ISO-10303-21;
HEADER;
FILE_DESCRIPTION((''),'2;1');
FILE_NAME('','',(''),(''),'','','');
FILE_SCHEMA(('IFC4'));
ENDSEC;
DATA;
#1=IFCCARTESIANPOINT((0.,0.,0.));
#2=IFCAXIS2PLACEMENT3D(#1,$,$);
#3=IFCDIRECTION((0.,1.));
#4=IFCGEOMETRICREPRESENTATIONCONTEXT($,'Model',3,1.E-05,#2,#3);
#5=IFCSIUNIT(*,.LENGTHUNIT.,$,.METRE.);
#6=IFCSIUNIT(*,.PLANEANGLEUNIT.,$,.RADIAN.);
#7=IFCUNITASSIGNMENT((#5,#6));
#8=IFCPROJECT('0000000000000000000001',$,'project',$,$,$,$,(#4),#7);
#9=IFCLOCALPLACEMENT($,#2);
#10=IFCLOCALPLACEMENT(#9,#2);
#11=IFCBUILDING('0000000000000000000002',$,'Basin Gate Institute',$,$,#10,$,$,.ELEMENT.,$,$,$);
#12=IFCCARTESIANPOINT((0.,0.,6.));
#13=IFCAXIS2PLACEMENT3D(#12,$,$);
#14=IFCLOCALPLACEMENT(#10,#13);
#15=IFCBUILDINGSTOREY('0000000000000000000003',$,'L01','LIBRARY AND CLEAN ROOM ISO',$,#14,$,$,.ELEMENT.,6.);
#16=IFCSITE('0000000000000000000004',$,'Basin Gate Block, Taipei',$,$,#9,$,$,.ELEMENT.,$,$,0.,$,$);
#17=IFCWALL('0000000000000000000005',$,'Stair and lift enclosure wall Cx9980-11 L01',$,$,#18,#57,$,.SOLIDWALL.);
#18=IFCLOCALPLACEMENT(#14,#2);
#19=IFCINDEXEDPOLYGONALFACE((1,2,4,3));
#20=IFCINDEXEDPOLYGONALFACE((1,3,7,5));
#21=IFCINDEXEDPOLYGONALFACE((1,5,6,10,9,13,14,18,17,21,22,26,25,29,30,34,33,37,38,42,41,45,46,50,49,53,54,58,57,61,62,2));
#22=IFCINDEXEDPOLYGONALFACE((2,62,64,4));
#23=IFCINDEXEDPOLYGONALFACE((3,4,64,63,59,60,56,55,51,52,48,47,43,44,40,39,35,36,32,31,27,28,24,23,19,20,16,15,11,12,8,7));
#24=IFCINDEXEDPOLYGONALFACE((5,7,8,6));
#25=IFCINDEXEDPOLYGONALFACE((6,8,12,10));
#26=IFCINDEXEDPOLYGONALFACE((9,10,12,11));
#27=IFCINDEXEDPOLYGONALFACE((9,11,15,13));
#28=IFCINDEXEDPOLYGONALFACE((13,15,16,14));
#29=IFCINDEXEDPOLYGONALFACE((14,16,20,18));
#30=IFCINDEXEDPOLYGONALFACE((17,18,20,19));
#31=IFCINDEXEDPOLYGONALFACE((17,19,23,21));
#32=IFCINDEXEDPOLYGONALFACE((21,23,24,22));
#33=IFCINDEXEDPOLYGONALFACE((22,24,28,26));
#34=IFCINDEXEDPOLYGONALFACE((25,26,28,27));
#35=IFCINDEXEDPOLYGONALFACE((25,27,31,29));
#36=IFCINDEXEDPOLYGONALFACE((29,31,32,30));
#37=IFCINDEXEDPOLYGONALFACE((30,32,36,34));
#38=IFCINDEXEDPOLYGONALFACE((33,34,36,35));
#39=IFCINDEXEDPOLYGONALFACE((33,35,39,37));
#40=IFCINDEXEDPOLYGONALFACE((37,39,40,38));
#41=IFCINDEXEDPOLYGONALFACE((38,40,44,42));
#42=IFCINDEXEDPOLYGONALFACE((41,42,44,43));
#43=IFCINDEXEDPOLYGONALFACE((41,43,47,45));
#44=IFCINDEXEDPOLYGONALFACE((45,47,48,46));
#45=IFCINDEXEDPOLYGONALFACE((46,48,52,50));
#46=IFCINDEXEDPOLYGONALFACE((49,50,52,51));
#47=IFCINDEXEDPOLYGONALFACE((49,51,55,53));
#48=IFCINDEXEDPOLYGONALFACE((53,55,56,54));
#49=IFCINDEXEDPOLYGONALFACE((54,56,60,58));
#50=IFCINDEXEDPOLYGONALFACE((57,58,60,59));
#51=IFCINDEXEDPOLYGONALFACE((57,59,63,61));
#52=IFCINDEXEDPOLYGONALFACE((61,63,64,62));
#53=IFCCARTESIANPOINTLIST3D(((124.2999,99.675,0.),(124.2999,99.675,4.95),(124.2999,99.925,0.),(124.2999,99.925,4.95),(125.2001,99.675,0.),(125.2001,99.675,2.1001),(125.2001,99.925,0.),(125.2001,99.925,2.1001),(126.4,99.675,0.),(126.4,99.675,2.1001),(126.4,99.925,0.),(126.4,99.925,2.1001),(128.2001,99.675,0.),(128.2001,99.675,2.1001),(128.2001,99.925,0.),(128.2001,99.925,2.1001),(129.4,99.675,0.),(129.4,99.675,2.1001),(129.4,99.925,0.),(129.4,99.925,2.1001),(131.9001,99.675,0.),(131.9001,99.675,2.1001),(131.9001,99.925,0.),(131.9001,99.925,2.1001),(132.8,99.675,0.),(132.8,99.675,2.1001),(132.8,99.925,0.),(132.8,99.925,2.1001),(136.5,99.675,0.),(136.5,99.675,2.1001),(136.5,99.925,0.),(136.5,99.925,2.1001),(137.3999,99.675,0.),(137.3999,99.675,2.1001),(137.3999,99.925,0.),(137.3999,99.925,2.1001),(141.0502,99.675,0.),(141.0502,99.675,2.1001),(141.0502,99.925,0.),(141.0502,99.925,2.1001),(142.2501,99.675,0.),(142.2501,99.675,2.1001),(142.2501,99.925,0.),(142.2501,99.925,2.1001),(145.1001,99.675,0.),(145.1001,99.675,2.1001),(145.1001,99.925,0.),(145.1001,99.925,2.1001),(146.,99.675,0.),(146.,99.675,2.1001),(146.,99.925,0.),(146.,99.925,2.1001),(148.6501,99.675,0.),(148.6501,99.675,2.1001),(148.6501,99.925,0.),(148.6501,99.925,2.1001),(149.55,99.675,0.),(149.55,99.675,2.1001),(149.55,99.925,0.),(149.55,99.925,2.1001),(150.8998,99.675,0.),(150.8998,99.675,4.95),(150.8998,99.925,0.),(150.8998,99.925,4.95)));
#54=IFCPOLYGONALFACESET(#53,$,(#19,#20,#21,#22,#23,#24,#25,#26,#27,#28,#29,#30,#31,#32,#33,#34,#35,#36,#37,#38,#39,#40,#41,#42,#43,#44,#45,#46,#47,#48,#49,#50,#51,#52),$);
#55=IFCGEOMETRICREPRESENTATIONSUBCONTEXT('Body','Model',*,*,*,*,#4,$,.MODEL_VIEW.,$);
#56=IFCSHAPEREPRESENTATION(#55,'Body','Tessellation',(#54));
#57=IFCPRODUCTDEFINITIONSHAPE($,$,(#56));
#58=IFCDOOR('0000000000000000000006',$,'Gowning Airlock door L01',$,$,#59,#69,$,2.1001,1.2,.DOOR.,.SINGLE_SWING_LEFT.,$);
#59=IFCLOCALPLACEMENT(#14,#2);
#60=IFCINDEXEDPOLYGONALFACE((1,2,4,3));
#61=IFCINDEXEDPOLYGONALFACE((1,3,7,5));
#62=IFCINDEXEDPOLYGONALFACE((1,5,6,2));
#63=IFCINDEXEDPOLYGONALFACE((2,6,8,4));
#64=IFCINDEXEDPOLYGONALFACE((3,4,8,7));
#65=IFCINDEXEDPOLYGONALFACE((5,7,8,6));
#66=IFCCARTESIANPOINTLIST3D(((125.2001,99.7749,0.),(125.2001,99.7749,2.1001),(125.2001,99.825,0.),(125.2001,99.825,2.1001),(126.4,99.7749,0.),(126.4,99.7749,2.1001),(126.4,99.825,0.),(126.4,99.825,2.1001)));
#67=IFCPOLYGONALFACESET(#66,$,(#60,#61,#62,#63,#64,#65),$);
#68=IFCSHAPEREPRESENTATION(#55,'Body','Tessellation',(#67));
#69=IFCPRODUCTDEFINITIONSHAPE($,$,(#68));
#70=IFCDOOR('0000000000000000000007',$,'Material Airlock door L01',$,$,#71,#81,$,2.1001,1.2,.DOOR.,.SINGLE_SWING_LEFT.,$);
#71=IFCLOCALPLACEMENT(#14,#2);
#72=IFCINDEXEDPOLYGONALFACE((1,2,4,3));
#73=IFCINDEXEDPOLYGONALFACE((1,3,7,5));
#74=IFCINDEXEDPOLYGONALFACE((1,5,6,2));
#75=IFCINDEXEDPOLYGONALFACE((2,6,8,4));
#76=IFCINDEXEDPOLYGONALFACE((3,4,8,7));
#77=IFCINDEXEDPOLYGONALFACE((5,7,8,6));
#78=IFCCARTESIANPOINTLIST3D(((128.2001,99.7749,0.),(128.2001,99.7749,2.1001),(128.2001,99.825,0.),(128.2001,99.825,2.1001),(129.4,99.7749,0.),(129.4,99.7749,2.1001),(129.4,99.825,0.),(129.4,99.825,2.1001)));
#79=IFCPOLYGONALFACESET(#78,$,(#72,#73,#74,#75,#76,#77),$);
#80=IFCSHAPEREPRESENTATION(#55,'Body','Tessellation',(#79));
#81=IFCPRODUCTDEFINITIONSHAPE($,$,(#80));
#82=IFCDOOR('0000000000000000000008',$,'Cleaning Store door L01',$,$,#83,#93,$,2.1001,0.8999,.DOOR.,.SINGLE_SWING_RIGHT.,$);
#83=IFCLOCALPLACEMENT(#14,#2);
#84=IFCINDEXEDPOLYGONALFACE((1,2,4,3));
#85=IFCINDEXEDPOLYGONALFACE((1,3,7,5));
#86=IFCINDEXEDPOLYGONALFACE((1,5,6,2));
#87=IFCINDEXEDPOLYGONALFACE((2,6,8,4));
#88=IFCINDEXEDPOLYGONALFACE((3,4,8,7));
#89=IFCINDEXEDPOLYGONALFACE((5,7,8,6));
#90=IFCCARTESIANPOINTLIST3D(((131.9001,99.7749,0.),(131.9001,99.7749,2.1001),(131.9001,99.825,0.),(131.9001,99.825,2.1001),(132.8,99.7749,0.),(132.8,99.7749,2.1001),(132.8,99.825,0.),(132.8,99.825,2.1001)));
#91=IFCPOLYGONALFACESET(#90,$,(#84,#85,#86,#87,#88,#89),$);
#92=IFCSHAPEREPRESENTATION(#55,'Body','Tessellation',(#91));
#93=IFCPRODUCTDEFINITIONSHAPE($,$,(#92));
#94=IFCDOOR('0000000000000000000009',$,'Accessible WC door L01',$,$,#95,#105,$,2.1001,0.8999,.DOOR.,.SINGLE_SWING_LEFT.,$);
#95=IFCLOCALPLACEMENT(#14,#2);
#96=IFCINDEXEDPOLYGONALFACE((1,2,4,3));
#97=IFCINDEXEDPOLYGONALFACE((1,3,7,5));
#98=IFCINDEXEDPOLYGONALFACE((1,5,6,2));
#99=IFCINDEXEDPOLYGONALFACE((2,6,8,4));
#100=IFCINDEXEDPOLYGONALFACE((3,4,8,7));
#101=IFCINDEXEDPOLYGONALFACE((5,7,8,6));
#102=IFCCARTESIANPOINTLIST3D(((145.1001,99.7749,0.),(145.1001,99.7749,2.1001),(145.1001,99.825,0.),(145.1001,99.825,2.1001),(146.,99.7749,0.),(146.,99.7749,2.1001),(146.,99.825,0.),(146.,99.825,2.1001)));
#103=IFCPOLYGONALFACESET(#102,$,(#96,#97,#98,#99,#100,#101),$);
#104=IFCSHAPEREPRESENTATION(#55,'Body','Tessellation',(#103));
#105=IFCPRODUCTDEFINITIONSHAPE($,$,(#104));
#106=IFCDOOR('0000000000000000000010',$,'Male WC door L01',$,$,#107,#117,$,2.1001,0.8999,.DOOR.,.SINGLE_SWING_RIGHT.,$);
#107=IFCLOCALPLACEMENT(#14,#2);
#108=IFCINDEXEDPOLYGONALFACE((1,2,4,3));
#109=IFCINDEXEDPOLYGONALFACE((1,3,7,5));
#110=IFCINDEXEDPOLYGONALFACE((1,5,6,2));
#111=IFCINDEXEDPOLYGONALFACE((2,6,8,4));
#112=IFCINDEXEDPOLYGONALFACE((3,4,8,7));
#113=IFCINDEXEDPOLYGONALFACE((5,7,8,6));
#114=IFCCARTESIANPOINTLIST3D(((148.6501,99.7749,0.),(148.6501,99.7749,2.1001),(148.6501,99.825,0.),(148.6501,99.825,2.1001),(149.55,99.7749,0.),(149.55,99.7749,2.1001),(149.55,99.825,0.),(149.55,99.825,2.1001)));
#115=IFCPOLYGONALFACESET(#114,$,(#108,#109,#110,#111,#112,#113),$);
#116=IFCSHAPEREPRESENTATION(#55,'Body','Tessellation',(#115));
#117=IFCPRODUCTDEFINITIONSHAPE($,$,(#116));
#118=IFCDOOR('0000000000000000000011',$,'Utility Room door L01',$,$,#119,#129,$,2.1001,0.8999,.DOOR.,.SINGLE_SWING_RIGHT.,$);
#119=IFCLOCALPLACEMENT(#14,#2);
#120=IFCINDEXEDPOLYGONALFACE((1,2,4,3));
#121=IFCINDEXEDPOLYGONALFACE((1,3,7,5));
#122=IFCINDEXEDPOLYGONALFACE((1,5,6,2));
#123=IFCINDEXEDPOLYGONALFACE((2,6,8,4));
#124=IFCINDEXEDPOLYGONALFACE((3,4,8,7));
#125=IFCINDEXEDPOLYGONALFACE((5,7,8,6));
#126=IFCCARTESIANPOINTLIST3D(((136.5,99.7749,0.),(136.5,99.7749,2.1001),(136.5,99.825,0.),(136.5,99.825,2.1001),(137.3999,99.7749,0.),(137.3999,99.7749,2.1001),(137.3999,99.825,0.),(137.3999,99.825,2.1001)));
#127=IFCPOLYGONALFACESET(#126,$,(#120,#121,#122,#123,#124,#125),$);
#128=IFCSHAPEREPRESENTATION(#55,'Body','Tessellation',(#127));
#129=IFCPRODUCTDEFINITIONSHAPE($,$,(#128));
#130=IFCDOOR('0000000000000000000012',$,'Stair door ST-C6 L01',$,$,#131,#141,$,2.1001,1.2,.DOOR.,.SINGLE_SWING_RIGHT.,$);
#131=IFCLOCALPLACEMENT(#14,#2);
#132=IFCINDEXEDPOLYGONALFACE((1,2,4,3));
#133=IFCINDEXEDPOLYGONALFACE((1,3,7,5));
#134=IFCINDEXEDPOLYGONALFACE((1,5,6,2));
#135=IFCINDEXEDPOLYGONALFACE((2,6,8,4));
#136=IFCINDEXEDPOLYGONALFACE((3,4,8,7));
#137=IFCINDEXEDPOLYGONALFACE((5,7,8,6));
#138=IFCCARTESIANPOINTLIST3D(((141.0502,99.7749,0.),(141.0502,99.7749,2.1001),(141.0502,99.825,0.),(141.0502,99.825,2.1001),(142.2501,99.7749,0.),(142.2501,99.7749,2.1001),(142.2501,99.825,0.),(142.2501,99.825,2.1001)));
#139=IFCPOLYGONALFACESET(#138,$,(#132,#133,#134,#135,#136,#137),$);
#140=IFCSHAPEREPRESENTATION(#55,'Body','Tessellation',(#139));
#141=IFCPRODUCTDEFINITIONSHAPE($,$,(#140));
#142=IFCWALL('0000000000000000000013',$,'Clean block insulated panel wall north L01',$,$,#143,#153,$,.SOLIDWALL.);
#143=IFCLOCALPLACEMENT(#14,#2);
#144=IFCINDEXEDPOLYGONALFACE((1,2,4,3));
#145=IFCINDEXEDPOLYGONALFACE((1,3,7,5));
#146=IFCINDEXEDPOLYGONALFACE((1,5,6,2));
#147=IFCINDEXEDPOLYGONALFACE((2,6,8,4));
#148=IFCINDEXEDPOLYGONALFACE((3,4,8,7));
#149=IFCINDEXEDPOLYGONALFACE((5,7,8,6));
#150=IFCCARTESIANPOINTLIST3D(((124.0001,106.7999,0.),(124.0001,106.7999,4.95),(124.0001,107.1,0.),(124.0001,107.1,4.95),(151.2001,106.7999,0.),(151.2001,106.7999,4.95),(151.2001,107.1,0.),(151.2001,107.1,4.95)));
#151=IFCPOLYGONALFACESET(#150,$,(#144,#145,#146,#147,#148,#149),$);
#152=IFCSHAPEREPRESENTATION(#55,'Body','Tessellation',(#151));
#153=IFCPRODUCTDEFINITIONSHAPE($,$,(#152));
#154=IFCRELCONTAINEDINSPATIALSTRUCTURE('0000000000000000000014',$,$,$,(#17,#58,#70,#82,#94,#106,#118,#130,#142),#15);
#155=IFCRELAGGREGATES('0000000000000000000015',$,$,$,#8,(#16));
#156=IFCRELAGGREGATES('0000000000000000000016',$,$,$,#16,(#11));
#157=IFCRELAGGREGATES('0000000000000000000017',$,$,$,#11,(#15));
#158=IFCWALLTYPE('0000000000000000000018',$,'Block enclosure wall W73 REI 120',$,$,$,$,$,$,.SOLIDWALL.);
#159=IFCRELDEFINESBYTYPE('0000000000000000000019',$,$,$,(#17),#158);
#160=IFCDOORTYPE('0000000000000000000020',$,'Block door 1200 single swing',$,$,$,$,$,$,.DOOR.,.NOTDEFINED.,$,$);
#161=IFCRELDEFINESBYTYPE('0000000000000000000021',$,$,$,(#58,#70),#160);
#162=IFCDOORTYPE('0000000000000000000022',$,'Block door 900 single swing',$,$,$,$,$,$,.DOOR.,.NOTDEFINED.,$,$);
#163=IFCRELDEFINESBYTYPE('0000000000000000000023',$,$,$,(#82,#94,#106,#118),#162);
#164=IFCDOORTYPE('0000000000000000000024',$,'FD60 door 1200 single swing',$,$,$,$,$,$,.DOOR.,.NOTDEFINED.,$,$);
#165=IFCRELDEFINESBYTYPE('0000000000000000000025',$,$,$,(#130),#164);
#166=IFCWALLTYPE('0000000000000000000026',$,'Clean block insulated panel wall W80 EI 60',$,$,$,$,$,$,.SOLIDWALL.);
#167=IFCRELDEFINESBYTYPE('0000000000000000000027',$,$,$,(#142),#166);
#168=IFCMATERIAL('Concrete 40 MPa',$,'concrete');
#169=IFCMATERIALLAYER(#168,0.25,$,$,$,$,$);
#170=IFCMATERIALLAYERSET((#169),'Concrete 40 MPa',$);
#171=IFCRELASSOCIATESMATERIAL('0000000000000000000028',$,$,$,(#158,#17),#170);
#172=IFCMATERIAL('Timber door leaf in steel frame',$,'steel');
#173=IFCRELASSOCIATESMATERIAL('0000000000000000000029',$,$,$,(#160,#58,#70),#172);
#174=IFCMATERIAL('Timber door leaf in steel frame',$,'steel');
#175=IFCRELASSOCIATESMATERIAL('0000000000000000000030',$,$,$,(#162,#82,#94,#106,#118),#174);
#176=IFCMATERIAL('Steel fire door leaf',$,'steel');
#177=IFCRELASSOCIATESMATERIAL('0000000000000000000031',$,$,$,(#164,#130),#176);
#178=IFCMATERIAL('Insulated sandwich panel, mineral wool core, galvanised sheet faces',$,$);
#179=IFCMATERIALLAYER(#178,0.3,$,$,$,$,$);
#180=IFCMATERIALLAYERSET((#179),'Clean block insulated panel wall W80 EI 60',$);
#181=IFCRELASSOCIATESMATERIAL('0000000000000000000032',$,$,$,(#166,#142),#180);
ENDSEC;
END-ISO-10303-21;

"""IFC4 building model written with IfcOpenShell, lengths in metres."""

from ifc_helpers import new_model, si_unit, direction, frame, frame_2d, origin, place, context, subcontext, project, spatial, rectangle, extrude, material, layer, layer_set, type_object, element, fill, save


model = new_model("IFC4")

# Units and contexts
model_context = context("Model", 3, precision=1e-05, world=origin(), true_north=direction((0.0, 1.0)))
body_context = subcontext(model_context, "Body", "Model", "MODEL_VIEW")
ifc_project = project(units=[si_unit("LENGTHUNIT", "METRE"), si_unit("PLANEANGLEUNIT", "RADIAN")], contexts=[model_context])

# Site, building, storey
site_placement = place(None, origin())
site = spatial("IfcSite", under=ifc_project, at=site_placement, Name="Basin Gate Block, Taipei", CompositionType="ELEMENT", RefElevation=0.0)
building_placement = place(site_placement, origin())
building = spatial("IfcBuilding", under=site, at=building_placement, Name="Basin Gate Institute", CompositionType="ELEMENT")
storey_placement = place(building_placement, frame((0.0, 0.0, 6.0)))
storey = spatial("IfcBuildingStorey", under=building, at=storey_placement, Name="L01", Description="LIBRARY AND CLEAN ROOM ISO", CompositionType="ELEMENT", Elevation=6.0)

# Wall, openings, doors
ifc_material_1 = material(Name="Concrete 40 MPa", Category="concrete")
ifc_layer_1 = layer(ifc_material_1, 0.25)
ifc_layer_set_1 = layer_set([ifc_layer_1], Name="Concrete 40 MPa")
wall_type_1 = type_object("IfcWallType", Name="Block enclosure wall W73 REI 120", PredefinedType="SOLIDWALL", material=ifc_layer_set_1)
wall_1_placement = place(storey_placement, frame((124.3, 99.8, 0.0), z_axis=(0.0, 0.0, 1.0), x_axis=(1.0, 0.0, 0.0)))
wall_1 = element("IfcWall", 1, at=wall_1_placement, inside=storey, type_object=wall_type_1, material=ifc_layer_set_1, Name="Stair and lift enclosure wall Cx9980-11 L01", PredefinedType="SOLIDWALL", context=body_context, shape_type="SweptSolid", body=[
    extrude(rectangle(XDim=26.5999, YDim=0.25, at=frame_2d((13.2998, 0.0))), origin(), (0.0, 0.0, 1.0), 4.95),
])
opening_1_placement = place(wall_1_placement, frame((0.8999, 0.0, 0.0)))
opening_1 = element("IfcOpeningElement", 2, at=opening_1_placement, cuts=wall_1, PredefinedType="OPENING", context=body_context, shape_type="SweptSolid", body=[
    extrude(rectangle(XDim=1.2, YDim=2.1001, at=frame_2d((0.6001, 1.05))), frame((0.0, 0.135, 0.0), z_axis=(0.0, -1.0, 0.0), x_axis=(1.0, 0.0, 0.0)), (0.0, 0.0, 1.0), 0.27),
])
opening_2_placement = place(wall_1_placement, frame((3.8999, 0.0, 0.0)))
opening_2 = element("IfcOpeningElement", 3, at=opening_2_placement, cuts=wall_1, PredefinedType="OPENING", context=body_context, shape_type="SweptSolid", body=[
    extrude(rectangle(XDim=1.2, YDim=2.1001, at=frame_2d((0.6001, 1.05))), frame((0.0, 0.135, 0.0), z_axis=(0.0, -1.0, 0.0), x_axis=(1.0, 0.0, 0.0)), (0.0, 0.0, 1.0), 0.27),
])
opening_3_placement = place(wall_1_placement, frame((7.6001, 0.0, 0.0)))
opening_3 = element("IfcOpeningElement", 4, at=opening_3_placement, cuts=wall_1, PredefinedType="OPENING", context=body_context, shape_type="SweptSolid", body=[
    extrude(rectangle(XDim=0.8999, YDim=2.1001, at=frame_2d((0.45, 1.05))), frame((0.0, 0.135, 0.0), z_axis=(0.0, -1.0, 0.0), x_axis=(1.0, 0.0, 0.0)), (0.0, 0.0, 1.0), 0.27),
])
opening_4_placement = place(wall_1_placement, frame((20.8, 0.0, 0.0)))
opening_4 = element("IfcOpeningElement", 5, at=opening_4_placement, cuts=wall_1, PredefinedType="OPENING", context=body_context, shape_type="SweptSolid", body=[
    extrude(rectangle(XDim=0.8999, YDim=2.1001, at=frame_2d((0.45, 1.05))), frame((0.0, 0.135, 0.0), z_axis=(0.0, -1.0, 0.0), x_axis=(1.0, 0.0, 0.0)), (0.0, 0.0, 1.0), 0.27),
])
opening_5_placement = place(wall_1_placement, frame((24.3501, 0.0, 0.0)))
opening_5 = element("IfcOpeningElement", 6, at=opening_5_placement, cuts=wall_1, PredefinedType="OPENING", context=body_context, shape_type="SweptSolid", body=[
    extrude(rectangle(XDim=0.8999, YDim=2.1001, at=frame_2d((0.45, 1.05))), frame((0.0, 0.135, 0.0), z_axis=(0.0, -1.0, 0.0), x_axis=(1.0, 0.0, 0.0)), (0.0, 0.0, 1.0), 0.27),
])
opening_6_placement = place(wall_1_placement, frame((12.2, 0.0, 0.0)))
opening_6 = element("IfcOpeningElement", 7, at=opening_6_placement, cuts=wall_1, PredefinedType="OPENING", context=body_context, shape_type="SweptSolid", body=[
    extrude(rectangle(XDim=0.8999, YDim=2.1001, at=frame_2d((0.45, 1.05))), frame((0.0, 0.135, 0.0), z_axis=(0.0, -1.0, 0.0), x_axis=(1.0, 0.0, 0.0)), (0.0, 0.0, 1.0), 0.27),
])
opening_7_placement = place(wall_1_placement, frame((16.75, 0.0, 0.0)))
opening_7 = element("IfcOpeningElement", 8, at=opening_7_placement, cuts=wall_1, PredefinedType="OPENING", context=body_context, shape_type="SweptSolid", body=[
    extrude(rectangle(XDim=1.2, YDim=2.1001, at=frame_2d((0.6001, 1.05))), frame((0.0, 0.135, 0.0), z_axis=(0.0, -1.0, 0.0), x_axis=(1.0, 0.0, 0.0)), (0.0, 0.0, 1.0), 0.27),
])
ifc_material_2 = material(Name="Timber door leaf in steel frame", Category="steel")
door_type_1 = type_object("IfcDoorType", Name="Block door 1200 single swing", OperationType="NOTDEFINED", PredefinedType="DOOR", material=ifc_material_2)
door_1_placement = place(opening_1_placement, origin())
door_1 = element("IfcDoor", 9, at=door_1_placement, inside=storey, type_object=door_type_1, material=ifc_material_2, Name="Gowning Airlock door L01", OperationType="SINGLE_SWING_LEFT", OverallHeight=2.1001, OverallWidth=1.2, PredefinedType="DOOR", context=body_context, shape_type="SweptSolid", body=[
    extrude(rectangle(XDim=1.2, YDim=2.1001, at=frame_2d((0.6001, 1.05))), frame((0.0, 0.0249, 0.0), z_axis=(0.0, -1.0, 0.0), x_axis=(1.0, 0.0, 0.0)), (0.0, 0.0, 1.0), 0.05),
])
fill(opening_1, door_1)
door_2_placement = place(opening_2_placement, origin())
door_2 = element("IfcDoor", 10, at=door_2_placement, inside=storey, type_object=door_type_1, material=ifc_material_2, Name="Material Airlock door L01", OperationType="SINGLE_SWING_LEFT", OverallHeight=2.1001, OverallWidth=1.2, PredefinedType="DOOR", context=body_context, shape_type="SweptSolid", body=[
    extrude(rectangle(XDim=1.2, YDim=2.1001, at=frame_2d((0.6001, 1.05))), frame((0.0, 0.0249, 0.0), z_axis=(0.0, -1.0, 0.0), x_axis=(1.0, 0.0, 0.0)), (0.0, 0.0, 1.0), 0.05),
])
fill(opening_2, door_2)
ifc_material_3 = material(Name="Timber door leaf in steel frame", Category="steel")
door_type_2 = type_object("IfcDoorType", Name="Block door 900 single swing", OperationType="NOTDEFINED", PredefinedType="DOOR", material=ifc_material_3)
door_3_placement = place(opening_3_placement, origin())
door_3 = element("IfcDoor", 11, at=door_3_placement, inside=storey, type_object=door_type_2, material=ifc_material_3, Name="Cleaning Store door L01", OperationType="SINGLE_SWING_RIGHT", OverallHeight=2.1001, OverallWidth=0.8999, PredefinedType="DOOR", context=body_context, shape_type="SweptSolid", body=[
    extrude(rectangle(XDim=0.8999, YDim=2.1001, at=frame_2d((0.45, 1.05))), frame((0.0, 0.0249, 0.0), z_axis=(0.0, -1.0, 0.0), x_axis=(1.0, 0.0, 0.0)), (0.0, 0.0, 1.0), 0.05),
])
fill(opening_3, door_3)
door_4_placement = place(opening_4_placement, origin())
door_4 = element("IfcDoor", 12, at=door_4_placement, inside=storey, type_object=door_type_2, material=ifc_material_3, Name="Accessible WC door L01", OperationType="SINGLE_SWING_LEFT", OverallHeight=2.1001, OverallWidth=0.8999, PredefinedType="DOOR", context=body_context, shape_type="SweptSolid", body=[
    extrude(rectangle(XDim=0.8999, YDim=2.1001, at=frame_2d((0.45, 1.05))), frame((0.0, 0.0249, 0.0), z_axis=(0.0, -1.0, 0.0), x_axis=(1.0, 0.0, 0.0)), (0.0, 0.0, 1.0), 0.05),
])
fill(opening_4, door_4)
door_5_placement = place(opening_5_placement, origin())
door_5 = element("IfcDoor", 13, at=door_5_placement, inside=storey, type_object=door_type_2, material=ifc_material_3, Name="Male WC door L01", OperationType="SINGLE_SWING_RIGHT", OverallHeight=2.1001, OverallWidth=0.8999, PredefinedType="DOOR", context=body_context, shape_type="SweptSolid", body=[
    extrude(rectangle(XDim=0.8999, YDim=2.1001, at=frame_2d((0.45, 1.05))), frame((0.0, 0.0249, 0.0), z_axis=(0.0, -1.0, 0.0), x_axis=(1.0, 0.0, 0.0)), (0.0, 0.0, 1.0), 0.05),
])
fill(opening_5, door_5)
door_6_placement = place(opening_6_placement, origin())
door_6 = element("IfcDoor", 14, at=door_6_placement, inside=storey, type_object=door_type_2, material=ifc_material_3, Name="Utility Room door L01", OperationType="SINGLE_SWING_RIGHT", OverallHeight=2.1001, OverallWidth=0.8999, PredefinedType="DOOR", context=body_context, shape_type="SweptSolid", body=[
    extrude(rectangle(XDim=0.8999, YDim=2.1001, at=frame_2d((0.45, 1.05))), frame((0.0, 0.0249, 0.0), z_axis=(0.0, -1.0, 0.0), x_axis=(1.0, 0.0, 0.0)), (0.0, 0.0, 1.0), 0.05),
])
fill(opening_6, door_6)
ifc_material_4 = material(Name="Steel fire door leaf", Category="steel")
door_type_3 = type_object("IfcDoorType", Name="FD60 door 1200 single swing", OperationType="NOTDEFINED", PredefinedType="DOOR", material=ifc_material_4)
door_7_placement = place(opening_7_placement, origin())
door_7 = element("IfcDoor", 15, at=door_7_placement, inside=storey, type_object=door_type_3, material=ifc_material_4, Name="Stair door ST-C6 L01", OperationType="SINGLE_SWING_RIGHT", OverallHeight=2.1001, OverallWidth=1.2, PredefinedType="DOOR", context=body_context, shape_type="SweptSolid", body=[
    extrude(rectangle(XDim=1.2, YDim=2.1001, at=frame_2d((0.6001, 1.05))), frame((0.0, 0.0249, 0.0), z_axis=(0.0, -1.0, 0.0), x_axis=(1.0, 0.0, 0.0)), (0.0, 0.0, 1.0), 0.05),
])
fill(opening_7, door_7)

# Wall
ifc_material_5 = material(Name="Insulated sandwich panel, mineral wool core, galvanised sheet faces")
ifc_layer_2 = layer(ifc_material_5, 0.3)
ifc_layer_set_2 = layer_set([ifc_layer_2], Name="Clean block insulated panel wall W80 EI 60")
wall_type_2 = type_object("IfcWallType", Name="Clean block insulated panel wall W80 EI 60", PredefinedType="SOLIDWALL", material=ifc_layer_set_2)
wall_2_placement = place(storey_placement, frame((124.0, 106.95, 0.0), z_axis=(0.0, 0.0, 1.0), x_axis=(1.0, 0.0, 0.0)))
element("IfcWall", 16, at=wall_2_placement, inside=storey, type_object=wall_type_2, material=ifc_layer_set_2, Name="Clean block insulated panel wall north L01", PredefinedType="SOLIDWALL", context=body_context, shape_type="SweptSolid", body=[
    extrude(rectangle(XDim=27.2, YDim=0.3, at=frame_2d((13.6001, 0.0))), origin(), (0.0, 0.0, 1.0), 4.95),
])

save(model, "model.ifc")
